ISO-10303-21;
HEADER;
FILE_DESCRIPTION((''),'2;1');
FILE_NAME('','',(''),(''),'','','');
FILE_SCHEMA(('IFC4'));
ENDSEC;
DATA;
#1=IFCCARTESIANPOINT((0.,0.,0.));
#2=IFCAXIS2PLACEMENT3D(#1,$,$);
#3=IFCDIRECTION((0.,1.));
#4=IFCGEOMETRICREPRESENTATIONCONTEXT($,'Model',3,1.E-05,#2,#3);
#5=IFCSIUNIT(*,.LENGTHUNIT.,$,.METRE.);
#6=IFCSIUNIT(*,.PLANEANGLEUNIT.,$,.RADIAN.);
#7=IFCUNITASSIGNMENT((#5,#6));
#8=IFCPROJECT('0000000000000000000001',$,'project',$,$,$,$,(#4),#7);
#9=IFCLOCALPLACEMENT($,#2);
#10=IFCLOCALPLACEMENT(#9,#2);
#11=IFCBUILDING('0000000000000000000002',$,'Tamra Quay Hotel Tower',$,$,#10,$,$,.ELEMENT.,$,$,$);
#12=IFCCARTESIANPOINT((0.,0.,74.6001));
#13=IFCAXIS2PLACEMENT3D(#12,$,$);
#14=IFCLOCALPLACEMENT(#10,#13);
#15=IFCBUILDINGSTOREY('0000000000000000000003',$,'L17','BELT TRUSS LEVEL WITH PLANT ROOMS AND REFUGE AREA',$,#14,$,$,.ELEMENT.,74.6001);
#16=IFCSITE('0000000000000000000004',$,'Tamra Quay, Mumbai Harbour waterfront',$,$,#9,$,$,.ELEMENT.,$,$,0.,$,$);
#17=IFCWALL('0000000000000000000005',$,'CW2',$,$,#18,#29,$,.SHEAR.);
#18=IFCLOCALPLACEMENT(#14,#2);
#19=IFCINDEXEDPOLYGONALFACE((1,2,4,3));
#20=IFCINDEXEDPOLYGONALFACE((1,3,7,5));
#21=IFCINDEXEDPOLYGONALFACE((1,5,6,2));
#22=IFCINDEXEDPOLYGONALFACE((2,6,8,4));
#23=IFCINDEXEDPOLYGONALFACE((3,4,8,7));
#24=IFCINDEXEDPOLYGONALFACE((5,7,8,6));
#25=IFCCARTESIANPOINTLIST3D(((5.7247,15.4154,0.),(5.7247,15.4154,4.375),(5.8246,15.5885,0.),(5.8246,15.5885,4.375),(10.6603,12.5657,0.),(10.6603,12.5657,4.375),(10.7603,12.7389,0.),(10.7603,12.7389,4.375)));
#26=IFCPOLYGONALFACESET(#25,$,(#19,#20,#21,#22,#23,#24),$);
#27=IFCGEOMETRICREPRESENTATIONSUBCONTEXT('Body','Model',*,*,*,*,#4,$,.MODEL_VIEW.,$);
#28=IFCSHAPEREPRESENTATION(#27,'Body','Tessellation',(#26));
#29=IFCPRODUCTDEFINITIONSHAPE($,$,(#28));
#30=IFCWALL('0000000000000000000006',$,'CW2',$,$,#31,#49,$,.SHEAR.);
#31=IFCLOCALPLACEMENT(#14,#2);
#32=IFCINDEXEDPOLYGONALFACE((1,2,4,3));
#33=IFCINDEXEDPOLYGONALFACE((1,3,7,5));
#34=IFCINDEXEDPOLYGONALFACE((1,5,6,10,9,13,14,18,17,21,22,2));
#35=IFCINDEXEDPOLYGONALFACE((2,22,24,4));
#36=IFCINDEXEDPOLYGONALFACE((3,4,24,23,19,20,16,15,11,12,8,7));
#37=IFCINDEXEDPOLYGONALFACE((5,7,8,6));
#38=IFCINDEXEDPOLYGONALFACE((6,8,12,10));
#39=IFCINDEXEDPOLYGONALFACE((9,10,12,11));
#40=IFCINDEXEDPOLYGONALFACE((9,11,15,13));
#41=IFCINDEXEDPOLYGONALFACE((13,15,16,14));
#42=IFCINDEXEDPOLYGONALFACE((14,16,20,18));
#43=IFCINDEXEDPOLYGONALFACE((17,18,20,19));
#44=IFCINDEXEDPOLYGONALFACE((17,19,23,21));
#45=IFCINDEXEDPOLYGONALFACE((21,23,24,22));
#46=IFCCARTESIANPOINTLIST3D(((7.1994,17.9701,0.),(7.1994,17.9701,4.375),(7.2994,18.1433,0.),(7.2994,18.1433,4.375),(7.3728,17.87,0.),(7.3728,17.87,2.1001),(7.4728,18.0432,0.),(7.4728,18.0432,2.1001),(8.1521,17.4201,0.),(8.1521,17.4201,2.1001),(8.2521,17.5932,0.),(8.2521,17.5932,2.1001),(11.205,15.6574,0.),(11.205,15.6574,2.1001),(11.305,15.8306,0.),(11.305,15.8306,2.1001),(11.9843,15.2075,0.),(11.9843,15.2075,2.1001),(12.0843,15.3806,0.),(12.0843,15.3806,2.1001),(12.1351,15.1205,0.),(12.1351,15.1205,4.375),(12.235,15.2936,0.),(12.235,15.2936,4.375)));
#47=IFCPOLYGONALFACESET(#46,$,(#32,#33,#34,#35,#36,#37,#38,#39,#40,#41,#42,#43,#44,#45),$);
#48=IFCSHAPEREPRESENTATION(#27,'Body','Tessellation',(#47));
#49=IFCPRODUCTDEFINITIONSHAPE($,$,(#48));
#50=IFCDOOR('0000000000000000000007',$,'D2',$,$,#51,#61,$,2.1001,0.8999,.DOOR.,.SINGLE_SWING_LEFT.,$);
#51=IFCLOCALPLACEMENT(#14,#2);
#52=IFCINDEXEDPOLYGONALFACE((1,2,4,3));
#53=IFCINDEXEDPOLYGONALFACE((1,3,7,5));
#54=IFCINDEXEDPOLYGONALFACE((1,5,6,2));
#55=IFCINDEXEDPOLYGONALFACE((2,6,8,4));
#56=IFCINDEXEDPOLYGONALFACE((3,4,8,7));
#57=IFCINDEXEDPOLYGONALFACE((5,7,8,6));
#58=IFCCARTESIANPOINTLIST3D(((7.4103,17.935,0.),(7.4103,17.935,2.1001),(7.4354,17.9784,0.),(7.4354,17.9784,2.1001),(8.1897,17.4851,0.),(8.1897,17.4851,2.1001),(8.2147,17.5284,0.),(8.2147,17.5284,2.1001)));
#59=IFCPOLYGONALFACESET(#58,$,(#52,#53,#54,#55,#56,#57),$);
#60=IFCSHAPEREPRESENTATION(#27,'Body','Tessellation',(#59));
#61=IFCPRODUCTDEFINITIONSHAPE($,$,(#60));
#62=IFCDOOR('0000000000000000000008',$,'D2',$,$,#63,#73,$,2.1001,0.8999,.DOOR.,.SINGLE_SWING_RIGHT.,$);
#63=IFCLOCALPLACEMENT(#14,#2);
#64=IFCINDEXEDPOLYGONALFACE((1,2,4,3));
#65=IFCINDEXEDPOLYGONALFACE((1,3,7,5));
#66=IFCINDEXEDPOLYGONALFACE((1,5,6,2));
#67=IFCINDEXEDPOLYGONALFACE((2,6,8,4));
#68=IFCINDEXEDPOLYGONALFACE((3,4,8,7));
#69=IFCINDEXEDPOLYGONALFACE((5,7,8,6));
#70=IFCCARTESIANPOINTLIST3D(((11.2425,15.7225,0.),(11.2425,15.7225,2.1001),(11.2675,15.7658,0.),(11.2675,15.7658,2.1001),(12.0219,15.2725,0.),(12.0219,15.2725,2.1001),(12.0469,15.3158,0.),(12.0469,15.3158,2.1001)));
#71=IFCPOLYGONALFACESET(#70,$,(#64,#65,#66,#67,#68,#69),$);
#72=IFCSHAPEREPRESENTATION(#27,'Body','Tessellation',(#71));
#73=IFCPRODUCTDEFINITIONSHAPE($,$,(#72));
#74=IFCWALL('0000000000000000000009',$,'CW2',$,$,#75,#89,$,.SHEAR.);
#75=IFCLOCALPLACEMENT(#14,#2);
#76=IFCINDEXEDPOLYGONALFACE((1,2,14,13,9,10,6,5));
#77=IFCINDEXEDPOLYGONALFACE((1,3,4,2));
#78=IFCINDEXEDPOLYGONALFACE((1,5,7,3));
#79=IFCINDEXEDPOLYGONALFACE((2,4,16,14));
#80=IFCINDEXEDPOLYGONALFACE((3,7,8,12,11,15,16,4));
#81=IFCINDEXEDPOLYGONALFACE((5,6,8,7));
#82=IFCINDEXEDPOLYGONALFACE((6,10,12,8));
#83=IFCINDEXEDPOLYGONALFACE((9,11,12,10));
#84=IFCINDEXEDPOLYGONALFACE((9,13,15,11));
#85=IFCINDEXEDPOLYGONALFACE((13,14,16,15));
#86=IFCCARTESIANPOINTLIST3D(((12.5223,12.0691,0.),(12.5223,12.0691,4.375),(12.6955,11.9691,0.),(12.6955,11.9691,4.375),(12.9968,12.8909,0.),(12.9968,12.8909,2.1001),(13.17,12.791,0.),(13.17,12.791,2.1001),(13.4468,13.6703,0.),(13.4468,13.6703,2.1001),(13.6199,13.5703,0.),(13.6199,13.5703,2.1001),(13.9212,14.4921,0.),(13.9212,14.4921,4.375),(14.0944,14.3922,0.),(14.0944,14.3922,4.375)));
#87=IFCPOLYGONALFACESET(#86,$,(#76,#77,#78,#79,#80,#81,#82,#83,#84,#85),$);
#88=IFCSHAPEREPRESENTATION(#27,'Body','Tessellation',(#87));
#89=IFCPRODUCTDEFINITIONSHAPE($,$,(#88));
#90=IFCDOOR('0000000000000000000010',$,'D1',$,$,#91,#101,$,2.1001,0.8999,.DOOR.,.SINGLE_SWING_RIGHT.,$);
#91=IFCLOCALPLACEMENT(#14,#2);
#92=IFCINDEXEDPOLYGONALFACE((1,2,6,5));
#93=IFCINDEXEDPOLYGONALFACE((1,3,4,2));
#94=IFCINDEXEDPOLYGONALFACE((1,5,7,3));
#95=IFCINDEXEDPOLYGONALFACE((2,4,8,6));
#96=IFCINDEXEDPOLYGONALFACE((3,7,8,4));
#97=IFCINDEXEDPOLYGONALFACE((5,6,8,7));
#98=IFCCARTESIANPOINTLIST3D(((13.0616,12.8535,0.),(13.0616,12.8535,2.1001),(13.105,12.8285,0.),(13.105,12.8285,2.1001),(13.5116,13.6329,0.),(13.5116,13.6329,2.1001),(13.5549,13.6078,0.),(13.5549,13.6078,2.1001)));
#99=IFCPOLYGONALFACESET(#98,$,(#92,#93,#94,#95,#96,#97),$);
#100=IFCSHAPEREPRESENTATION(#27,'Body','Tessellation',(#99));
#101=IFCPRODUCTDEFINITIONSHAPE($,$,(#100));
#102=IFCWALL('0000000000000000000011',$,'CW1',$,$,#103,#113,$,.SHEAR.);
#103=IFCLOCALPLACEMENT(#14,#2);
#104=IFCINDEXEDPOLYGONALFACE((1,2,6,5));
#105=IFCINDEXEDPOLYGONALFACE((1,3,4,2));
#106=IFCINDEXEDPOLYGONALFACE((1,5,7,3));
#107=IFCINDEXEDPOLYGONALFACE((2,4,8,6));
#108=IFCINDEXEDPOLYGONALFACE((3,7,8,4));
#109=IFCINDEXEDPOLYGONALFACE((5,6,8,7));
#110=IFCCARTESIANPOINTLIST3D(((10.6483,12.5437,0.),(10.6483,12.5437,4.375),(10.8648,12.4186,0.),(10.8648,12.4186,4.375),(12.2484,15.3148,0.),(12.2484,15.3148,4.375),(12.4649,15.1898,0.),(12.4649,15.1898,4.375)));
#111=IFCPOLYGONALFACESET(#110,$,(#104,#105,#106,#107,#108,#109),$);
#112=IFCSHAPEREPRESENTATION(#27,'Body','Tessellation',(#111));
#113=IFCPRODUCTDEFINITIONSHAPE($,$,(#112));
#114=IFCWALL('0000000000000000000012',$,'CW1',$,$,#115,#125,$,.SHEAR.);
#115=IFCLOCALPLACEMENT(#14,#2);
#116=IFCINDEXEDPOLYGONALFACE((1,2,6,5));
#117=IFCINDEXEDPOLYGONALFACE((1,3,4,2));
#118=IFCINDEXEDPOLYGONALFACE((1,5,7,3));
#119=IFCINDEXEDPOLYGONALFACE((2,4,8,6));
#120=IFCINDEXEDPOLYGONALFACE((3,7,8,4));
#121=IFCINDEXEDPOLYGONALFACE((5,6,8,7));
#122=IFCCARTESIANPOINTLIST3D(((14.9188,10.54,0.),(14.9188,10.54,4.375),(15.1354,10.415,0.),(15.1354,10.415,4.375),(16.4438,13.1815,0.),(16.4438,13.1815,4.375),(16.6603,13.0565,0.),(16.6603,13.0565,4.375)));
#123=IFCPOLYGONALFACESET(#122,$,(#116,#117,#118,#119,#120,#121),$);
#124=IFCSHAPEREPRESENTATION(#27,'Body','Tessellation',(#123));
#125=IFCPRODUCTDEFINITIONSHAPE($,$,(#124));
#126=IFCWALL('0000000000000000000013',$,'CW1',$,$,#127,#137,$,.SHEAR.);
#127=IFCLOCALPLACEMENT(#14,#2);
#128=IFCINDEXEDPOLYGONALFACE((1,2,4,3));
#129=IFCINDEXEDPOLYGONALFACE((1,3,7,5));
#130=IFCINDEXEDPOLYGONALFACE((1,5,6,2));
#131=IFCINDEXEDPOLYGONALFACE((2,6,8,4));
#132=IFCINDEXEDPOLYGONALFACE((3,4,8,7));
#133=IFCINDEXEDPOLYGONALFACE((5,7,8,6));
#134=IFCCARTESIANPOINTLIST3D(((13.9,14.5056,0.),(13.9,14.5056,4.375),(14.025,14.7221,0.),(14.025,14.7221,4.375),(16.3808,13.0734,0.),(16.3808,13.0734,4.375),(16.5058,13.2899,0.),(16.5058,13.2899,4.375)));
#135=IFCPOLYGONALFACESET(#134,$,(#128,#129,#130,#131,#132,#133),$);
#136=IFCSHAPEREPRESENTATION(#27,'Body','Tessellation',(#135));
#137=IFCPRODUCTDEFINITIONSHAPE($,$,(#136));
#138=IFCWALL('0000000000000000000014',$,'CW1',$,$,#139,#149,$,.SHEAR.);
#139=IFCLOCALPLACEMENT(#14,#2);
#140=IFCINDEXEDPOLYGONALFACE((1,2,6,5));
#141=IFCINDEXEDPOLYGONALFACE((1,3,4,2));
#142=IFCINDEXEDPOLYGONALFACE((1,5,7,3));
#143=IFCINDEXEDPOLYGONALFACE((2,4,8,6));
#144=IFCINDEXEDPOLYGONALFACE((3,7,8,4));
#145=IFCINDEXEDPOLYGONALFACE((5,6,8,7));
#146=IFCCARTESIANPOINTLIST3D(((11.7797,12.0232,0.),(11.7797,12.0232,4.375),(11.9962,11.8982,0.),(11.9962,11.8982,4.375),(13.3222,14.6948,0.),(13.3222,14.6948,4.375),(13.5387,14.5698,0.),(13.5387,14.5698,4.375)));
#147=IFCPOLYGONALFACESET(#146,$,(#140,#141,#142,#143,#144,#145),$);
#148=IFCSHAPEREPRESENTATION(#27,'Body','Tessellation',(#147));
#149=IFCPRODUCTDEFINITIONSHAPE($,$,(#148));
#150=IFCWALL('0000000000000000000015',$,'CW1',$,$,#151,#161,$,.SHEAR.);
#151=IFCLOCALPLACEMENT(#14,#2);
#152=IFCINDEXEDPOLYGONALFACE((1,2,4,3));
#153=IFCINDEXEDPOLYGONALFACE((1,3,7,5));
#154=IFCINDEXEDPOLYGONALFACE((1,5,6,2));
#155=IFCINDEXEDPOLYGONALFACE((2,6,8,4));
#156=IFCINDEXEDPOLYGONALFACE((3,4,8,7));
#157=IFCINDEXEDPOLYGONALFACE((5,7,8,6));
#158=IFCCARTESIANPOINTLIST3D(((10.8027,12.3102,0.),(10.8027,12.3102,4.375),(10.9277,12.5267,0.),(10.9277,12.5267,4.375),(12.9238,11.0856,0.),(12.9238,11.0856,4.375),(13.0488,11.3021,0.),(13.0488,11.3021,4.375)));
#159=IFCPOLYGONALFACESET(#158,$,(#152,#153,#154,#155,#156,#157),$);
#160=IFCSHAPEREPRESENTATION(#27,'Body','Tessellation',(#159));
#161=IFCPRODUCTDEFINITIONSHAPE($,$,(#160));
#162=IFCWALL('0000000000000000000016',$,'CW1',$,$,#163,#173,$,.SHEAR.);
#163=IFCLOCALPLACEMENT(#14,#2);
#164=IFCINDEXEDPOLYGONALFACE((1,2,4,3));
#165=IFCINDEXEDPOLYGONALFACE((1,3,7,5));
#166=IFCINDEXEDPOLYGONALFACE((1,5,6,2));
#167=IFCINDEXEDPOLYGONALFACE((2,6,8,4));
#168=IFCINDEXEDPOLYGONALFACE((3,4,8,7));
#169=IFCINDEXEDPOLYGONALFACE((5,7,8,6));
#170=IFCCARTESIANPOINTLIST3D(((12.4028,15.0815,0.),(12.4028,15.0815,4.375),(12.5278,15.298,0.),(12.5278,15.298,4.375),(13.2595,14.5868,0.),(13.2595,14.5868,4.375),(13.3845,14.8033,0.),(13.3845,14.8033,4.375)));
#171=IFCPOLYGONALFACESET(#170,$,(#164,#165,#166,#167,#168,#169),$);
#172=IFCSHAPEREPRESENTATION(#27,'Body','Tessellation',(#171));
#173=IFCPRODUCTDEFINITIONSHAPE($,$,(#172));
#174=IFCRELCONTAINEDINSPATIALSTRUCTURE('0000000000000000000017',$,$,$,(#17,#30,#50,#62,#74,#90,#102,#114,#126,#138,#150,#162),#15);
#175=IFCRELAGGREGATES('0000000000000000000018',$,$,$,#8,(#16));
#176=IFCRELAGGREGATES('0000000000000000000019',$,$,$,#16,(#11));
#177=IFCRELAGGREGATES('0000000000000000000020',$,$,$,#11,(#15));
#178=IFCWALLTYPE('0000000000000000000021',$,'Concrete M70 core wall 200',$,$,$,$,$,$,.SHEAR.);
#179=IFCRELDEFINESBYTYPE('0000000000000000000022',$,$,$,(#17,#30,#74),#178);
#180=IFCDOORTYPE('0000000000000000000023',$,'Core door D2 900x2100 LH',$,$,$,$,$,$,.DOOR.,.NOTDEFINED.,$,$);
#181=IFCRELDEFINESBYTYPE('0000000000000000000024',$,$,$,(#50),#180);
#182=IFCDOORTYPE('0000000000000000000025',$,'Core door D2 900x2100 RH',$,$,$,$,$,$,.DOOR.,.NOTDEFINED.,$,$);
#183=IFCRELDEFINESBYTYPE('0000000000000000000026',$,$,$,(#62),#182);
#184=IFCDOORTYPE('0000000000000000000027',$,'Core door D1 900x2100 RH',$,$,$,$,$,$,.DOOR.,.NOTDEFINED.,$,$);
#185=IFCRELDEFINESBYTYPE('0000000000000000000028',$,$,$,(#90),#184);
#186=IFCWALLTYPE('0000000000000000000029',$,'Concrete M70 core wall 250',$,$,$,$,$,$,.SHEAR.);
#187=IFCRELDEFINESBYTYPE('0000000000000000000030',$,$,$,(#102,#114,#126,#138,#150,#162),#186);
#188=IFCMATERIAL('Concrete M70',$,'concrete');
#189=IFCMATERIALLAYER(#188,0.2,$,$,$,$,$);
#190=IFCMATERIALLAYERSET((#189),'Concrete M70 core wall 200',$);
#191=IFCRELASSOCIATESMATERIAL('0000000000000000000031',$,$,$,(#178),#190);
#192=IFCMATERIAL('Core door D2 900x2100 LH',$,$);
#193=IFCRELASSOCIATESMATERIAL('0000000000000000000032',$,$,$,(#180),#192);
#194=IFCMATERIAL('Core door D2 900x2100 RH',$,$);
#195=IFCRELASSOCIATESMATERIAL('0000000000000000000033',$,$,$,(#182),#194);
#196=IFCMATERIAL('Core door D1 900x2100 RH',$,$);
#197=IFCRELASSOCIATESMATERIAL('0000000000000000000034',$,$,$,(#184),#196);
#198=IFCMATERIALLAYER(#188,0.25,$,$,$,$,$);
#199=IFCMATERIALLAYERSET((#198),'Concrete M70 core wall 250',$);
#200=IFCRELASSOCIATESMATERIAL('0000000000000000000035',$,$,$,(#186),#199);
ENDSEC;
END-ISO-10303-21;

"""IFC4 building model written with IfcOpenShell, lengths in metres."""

from ifc_helpers import new_model, si_unit, direction, frame, frame_2d, origin, place, context, subcontext, project, spatial, rectangle, extrude, material, layer, layer_set, type_object, element, fill, save


model = new_model("IFC4")

# Units and contexts
model_context = context("Model", 3, precision=1e-05, world=origin(), true_north=direction((0.0, 1.0)))
body_context = subcontext(model_context, "Body", "Model", "MODEL_VIEW")
ifc_project = project(units=[si_unit("LENGTHUNIT", "METRE"), si_unit("PLANEANGLEUNIT", "RADIAN")], contexts=[model_context])

# Site, building, storey
site_placement = place(None, origin())
site = spatial("IfcSite", under=ifc_project, at=site_placement, Name="Tamra Quay, Mumbai Harbour waterfront", CompositionType="ELEMENT", RefElevation=0.0)
building_placement = place(site_placement, origin())
building = spatial("IfcBuilding", under=site, at=building_placement, Name="Tamra Quay Hotel Tower", CompositionType="ELEMENT")
storey_placement = place(building_placement, frame((0.0, 0.0, 74.6001)))
storey = spatial("IfcBuildingStorey", under=building, at=storey_placement, Name="L17", Description="BELT TRUSS LEVEL WITH PLANT ROOMS AND REFUGE AREA", CompositionType="ELEMENT", Elevation=74.6001)

# Wall
ifc_material_1 = material(Name="Concrete M70", Category="concrete")
ifc_layer_1 = layer(ifc_material_1, 0.2)
ifc_layer_set_1 = layer_set([ifc_layer_1], Name="Concrete M70 core wall 200")
wall_type_1 = type_object("IfcWallType", Name="Concrete M70 core wall 200", PredefinedType="SHEAR", material=ifc_layer_set_1)
wall_1_placement = place(storey_placement, frame((5.7747, 15.502, 0.0), z_axis=(0.0, 0.0, 1.0), x_axis=(0.86602, -0.500009, 0.0)))
element("IfcWall", 1, at=wall_1_placement, inside=storey, type_object=wall_type_1, Name="CW2", PredefinedType="SHEAR", context=body_context, shape_type="SweptSolid", body=[
    extrude(rectangle(XDim=5.6992, YDim=0.2, at=frame_2d((2.8496, 0.0))), origin(), (0.0, 0.0, 1.0), 4.375),
])

# Wall, openings, doors
wall_2_placement = place(storey_placement, frame((12.1851, 15.207, 0.0), z_axis=(0.0, 0.0, 1.0), x_axis=(-0.86602, 0.500009, 0.0)))
wall_2 = element("IfcWall", 2, at=wall_2_placement, inside=storey, type_object=wall_type_1, Name="CW2", PredefinedType="SHEAR", context=body_context, shape_type="SweptSolid", body=[
    extrude(rectangle(XDim=5.6992, YDim=0.2, at=frame_2d((2.8496, 0.0))), origin(), (0.0, 0.0, 1.0), 4.375),
])
opening_1_placement = place(wall_2_placement, frame((0.1741, 0.0, 0.0)))
opening_1 = element("IfcOpeningElement", 3, at=opening_1_placement, cuts=wall_2, PredefinedType="OPENING", context=body_context, shape_type="SweptSolid", body=[
    extrude(rectangle(XDim=0.8999, YDim=2.1001, at=frame_2d((0.45, 1.05))), frame((0.0, 0.1099, 0.0), z_axis=(0.0, -1.0, 0.0), x_axis=(1.0, 0.0, 0.0)), (0.0, 0.0, 1.0), 0.22),
])
opening_2_placement = place(wall_2_placement, frame((4.5991, 0.0, 0.0)))
opening_2 = element("IfcOpeningElement", 4, at=opening_2_placement, cuts=wall_2, PredefinedType="OPENING", context=body_context, shape_type="SweptSolid", body=[
    extrude(rectangle(XDim=0.8999, YDim=2.1001, at=frame_2d((0.45, 1.05))), frame((0.0, 0.1099, 0.0), z_axis=(0.0, -1.0, 0.0), x_axis=(1.0, 0.0, 0.0)), (0.0, 0.0, 1.0), 0.22),
])
ifc_material_2 = material(Name="Core door D2 900x2100 LH")
door_type_1 = type_object("IfcDoorType", Name="Core door D2 900x2100 LH", OperationType="NOTDEFINED", PredefinedType="DOOR", material=ifc_material_2)
door_1_placement = place(opening_2_placement, origin())
door_1 = element("IfcDoor", 5, at=door_1_placement, inside=storey, type_object=door_type_1, Name="D2", OperationType="SINGLE_SWING_LEFT", OverallHeight=2.1001, OverallWidth=0.8999, PredefinedType="DOOR", context=body_context, shape_type="SweptSolid", body=[
    extrude(rectangle(XDim=0.8999, YDim=2.1001, at=frame_2d((0.45, 1.05))), frame((0.0, 0.0249, 0.0), z_axis=(0.0, -1.0, 0.0), x_axis=(1.0, 0.0, 0.0)), (0.0, 0.0, 1.0), 0.05),
])
fill(opening_2, door_1)
ifc_material_3 = material(Name="Core door D2 900x2100 RH")
door_type_2 = type_object("IfcDoorType", Name="Core door D2 900x2100 RH", OperationType="NOTDEFINED", PredefinedType="DOOR", material=ifc_material_3)
door_2_placement = place(opening_1_placement, origin())
door_2 = element("IfcDoor", 6, at=door_2_placement, inside=storey, type_object=door_type_2, Name="D2", OperationType="SINGLE_SWING_RIGHT", OverallHeight=2.1001, OverallWidth=0.8999, PredefinedType="DOOR", context=body_context, shape_type="SweptSolid", body=[
    extrude(rectangle(XDim=0.8999, YDim=2.1001, at=frame_2d((0.45, 1.05))), frame((0.0, 0.0249, 0.0), z_axis=(0.0, -1.0, 0.0), x_axis=(1.0, 0.0, 0.0)), (0.0, 0.0, 1.0), 0.05),
])
fill(opening_1, door_2)

# Wall, opening, door
wall_3_placement = place(storey_placement, frame((14.0078, 14.4421, 0.0), z_axis=(0.0, 0.0, 1.0), x_axis=(-0.499987, -0.866033, 0.0)))
wall_3 = element("IfcWall", 7, at=wall_3_placement, inside=storey, type_object=wall_type_1, Name="CW2", PredefinedType="SHEAR", context=body_context, shape_type="SweptSolid", body=[
    extrude(rectangle(XDim=2.7979, YDim=0.2, at=frame_2d((1.3989, 0.0))), origin(), (0.0, 0.0, 1.0), 4.375),
])
opening_3_placement = place(wall_3_placement, frame((0.949, 0.0, 0.0)))
opening_3 = element("IfcOpeningElement", 8, at=opening_3_placement, cuts=wall_3, PredefinedType="OPENING", context=body_context, shape_type="SweptSolid", body=[
    extrude(rectangle(XDim=0.8999, YDim=2.1001, at=frame_2d((0.45, 1.05))), frame((0.0, 0.1099, 0.0), z_axis=(0.0, -1.0, 0.0), x_axis=(1.0, 0.0, 0.0)), (0.0, 0.0, 1.0), 0.22),
])
ifc_material_4 = material(Name="Core door D1 900x2100 RH")
door_type_3 = type_object("IfcDoorType", Name="Core door D1 900x2100 RH", OperationType="NOTDEFINED", PredefinedType="DOOR", material=ifc_material_4)
door_3_placement = place(opening_3_placement, origin())
door_3 = element("IfcDoor", 9, at=door_3_placement, inside=storey, type_object=door_type_3, Name="D1", OperationType="SINGLE_SWING_RIGHT", OverallHeight=2.1001, OverallWidth=0.8999, PredefinedType="DOOR", context=body_context, shape_type="SweptSolid", body=[
    extrude(rectangle(XDim=0.8999, YDim=2.1001, at=frame_2d((0.45, 1.05))), frame((0.0, 0.0249, 0.0), z_axis=(0.0, -1.0, 0.0), x_axis=(1.0, 0.0, 0.0)), (0.0, 0.0, 1.0), 0.05),
])
fill(opening_3, door_3)

# Walls
ifc_layer_2 = layer(ifc_material_1, 0.25)
ifc_layer_set_2 = layer_set([ifc_layer_2], Name="Concrete M70 core wall 250")
wall_type_2 = type_object("IfcWallType", Name="Concrete M70 core wall 250", PredefinedType="SHEAR", material=ifc_layer_set_2)
wall_4_placement = place(storey_placement, frame((12.3567, 15.2524, 0.0), z_axis=(0.0, 0.0, 1.0), x_axis=(-0.500028, -0.866009, 0.0)))
element("IfcWall", 10, at=wall_4_placement, inside=storey, type_object=wall_type_2, Name="CW1", PredefinedType="SHEAR", context=body_context, shape_type="SweptSolid", body=[
    extrude(rectangle(XDim=3.2, YDim=0.25, at=frame_2d((1.6001, 0.0))), origin(), (0.0, 0.0, 1.0), 4.375),
])
wall_5_placement = place(storey_placement, frame((16.552, 13.1189, 0.0), z_axis=(0.0, 0.0, 1.0), x_axis=(-0.499979, -0.866038, 0.0)))
element("IfcWall", 11, at=wall_5_placement, inside=storey, type_object=wall_type_2, Name="CW1", PredefinedType="SHEAR", context=body_context, shape_type="SweptSolid", body=[
    extrude(rectangle(XDim=3.05, YDim=0.25, at=frame_2d((1.5249, 0.0))), origin(), (0.0, 0.0, 1.0), 4.375),
])
wall_6_placement = place(storey_placement, frame((13.9626, 14.6138, 0.0), z_axis=(0.0, 0.0, 1.0), x_axis=(0.866042, -0.499971, 0.0)))
element("IfcWall", 12, at=wall_6_placement, inside=storey, type_object=wall_type_2, Name="CW1", PredefinedType="SHEAR", context=body_context, shape_type="SweptSolid", body=[
    extrude(rectangle(XDim=2.8645, YDim=0.25, at=frame_2d((1.4321, 0.0))), origin(), (0.0, 0.0, 1.0), 4.375),
])
wall_7_placement = place(storey_placement, frame((11.8879, 11.9607, 0.0), z_axis=(0.0, 0.0, 1.0), x_axis=(0.500003, 0.866023, 0.0)))
element("IfcWall", 13, at=wall_7_placement, inside=storey, type_object=wall_type_2, Name="CW1", PredefinedType="SHEAR", context=body_context, shape_type="SweptSolid", body=[
    extrude(rectangle(XDim=3.085, YDim=0.25, at=frame_2d((1.5425, 0.0))), origin(), (0.0, 0.0, 1.0), 4.375),
])
wall_8_placement = place(storey_placement, frame((10.8652, 12.4185, 0.0), z_axis=(0.0, 0.0, 1.0), x_axis=(0.866026, -0.499999, 0.0)))
element("IfcWall", 14, at=wall_8_placement, inside=storey, type_object=wall_type_2, Name="CW1", PredefinedType="SHEAR", context=body_context, shape_type="SweptSolid", body=[
    extrude(rectangle(XDim=2.4492, YDim=0.25, at=frame_2d((1.2246, 0.0))), origin(), (0.0, 0.0, 1.0), 4.375),
])
wall_9_placement = place(storey_placement, frame((13.322, 14.6951, 0.0), z_axis=(0.0, 0.0, 1.0), x_axis=(-0.866017, 0.500014, 0.0)))
element("IfcWall", 15, at=wall_9_placement, inside=storey, type_object=wall_type_2, Name="CW1", PredefinedType="SHEAR", context=body_context, shape_type="SweptSolid", body=[
    extrude(rectangle(XDim=0.9893, YDim=0.25, at=frame_2d((0.4946, 0.0))), origin(), (0.0, 0.0, 1.0), 4.375),
])

save(model, "model.ifc")
